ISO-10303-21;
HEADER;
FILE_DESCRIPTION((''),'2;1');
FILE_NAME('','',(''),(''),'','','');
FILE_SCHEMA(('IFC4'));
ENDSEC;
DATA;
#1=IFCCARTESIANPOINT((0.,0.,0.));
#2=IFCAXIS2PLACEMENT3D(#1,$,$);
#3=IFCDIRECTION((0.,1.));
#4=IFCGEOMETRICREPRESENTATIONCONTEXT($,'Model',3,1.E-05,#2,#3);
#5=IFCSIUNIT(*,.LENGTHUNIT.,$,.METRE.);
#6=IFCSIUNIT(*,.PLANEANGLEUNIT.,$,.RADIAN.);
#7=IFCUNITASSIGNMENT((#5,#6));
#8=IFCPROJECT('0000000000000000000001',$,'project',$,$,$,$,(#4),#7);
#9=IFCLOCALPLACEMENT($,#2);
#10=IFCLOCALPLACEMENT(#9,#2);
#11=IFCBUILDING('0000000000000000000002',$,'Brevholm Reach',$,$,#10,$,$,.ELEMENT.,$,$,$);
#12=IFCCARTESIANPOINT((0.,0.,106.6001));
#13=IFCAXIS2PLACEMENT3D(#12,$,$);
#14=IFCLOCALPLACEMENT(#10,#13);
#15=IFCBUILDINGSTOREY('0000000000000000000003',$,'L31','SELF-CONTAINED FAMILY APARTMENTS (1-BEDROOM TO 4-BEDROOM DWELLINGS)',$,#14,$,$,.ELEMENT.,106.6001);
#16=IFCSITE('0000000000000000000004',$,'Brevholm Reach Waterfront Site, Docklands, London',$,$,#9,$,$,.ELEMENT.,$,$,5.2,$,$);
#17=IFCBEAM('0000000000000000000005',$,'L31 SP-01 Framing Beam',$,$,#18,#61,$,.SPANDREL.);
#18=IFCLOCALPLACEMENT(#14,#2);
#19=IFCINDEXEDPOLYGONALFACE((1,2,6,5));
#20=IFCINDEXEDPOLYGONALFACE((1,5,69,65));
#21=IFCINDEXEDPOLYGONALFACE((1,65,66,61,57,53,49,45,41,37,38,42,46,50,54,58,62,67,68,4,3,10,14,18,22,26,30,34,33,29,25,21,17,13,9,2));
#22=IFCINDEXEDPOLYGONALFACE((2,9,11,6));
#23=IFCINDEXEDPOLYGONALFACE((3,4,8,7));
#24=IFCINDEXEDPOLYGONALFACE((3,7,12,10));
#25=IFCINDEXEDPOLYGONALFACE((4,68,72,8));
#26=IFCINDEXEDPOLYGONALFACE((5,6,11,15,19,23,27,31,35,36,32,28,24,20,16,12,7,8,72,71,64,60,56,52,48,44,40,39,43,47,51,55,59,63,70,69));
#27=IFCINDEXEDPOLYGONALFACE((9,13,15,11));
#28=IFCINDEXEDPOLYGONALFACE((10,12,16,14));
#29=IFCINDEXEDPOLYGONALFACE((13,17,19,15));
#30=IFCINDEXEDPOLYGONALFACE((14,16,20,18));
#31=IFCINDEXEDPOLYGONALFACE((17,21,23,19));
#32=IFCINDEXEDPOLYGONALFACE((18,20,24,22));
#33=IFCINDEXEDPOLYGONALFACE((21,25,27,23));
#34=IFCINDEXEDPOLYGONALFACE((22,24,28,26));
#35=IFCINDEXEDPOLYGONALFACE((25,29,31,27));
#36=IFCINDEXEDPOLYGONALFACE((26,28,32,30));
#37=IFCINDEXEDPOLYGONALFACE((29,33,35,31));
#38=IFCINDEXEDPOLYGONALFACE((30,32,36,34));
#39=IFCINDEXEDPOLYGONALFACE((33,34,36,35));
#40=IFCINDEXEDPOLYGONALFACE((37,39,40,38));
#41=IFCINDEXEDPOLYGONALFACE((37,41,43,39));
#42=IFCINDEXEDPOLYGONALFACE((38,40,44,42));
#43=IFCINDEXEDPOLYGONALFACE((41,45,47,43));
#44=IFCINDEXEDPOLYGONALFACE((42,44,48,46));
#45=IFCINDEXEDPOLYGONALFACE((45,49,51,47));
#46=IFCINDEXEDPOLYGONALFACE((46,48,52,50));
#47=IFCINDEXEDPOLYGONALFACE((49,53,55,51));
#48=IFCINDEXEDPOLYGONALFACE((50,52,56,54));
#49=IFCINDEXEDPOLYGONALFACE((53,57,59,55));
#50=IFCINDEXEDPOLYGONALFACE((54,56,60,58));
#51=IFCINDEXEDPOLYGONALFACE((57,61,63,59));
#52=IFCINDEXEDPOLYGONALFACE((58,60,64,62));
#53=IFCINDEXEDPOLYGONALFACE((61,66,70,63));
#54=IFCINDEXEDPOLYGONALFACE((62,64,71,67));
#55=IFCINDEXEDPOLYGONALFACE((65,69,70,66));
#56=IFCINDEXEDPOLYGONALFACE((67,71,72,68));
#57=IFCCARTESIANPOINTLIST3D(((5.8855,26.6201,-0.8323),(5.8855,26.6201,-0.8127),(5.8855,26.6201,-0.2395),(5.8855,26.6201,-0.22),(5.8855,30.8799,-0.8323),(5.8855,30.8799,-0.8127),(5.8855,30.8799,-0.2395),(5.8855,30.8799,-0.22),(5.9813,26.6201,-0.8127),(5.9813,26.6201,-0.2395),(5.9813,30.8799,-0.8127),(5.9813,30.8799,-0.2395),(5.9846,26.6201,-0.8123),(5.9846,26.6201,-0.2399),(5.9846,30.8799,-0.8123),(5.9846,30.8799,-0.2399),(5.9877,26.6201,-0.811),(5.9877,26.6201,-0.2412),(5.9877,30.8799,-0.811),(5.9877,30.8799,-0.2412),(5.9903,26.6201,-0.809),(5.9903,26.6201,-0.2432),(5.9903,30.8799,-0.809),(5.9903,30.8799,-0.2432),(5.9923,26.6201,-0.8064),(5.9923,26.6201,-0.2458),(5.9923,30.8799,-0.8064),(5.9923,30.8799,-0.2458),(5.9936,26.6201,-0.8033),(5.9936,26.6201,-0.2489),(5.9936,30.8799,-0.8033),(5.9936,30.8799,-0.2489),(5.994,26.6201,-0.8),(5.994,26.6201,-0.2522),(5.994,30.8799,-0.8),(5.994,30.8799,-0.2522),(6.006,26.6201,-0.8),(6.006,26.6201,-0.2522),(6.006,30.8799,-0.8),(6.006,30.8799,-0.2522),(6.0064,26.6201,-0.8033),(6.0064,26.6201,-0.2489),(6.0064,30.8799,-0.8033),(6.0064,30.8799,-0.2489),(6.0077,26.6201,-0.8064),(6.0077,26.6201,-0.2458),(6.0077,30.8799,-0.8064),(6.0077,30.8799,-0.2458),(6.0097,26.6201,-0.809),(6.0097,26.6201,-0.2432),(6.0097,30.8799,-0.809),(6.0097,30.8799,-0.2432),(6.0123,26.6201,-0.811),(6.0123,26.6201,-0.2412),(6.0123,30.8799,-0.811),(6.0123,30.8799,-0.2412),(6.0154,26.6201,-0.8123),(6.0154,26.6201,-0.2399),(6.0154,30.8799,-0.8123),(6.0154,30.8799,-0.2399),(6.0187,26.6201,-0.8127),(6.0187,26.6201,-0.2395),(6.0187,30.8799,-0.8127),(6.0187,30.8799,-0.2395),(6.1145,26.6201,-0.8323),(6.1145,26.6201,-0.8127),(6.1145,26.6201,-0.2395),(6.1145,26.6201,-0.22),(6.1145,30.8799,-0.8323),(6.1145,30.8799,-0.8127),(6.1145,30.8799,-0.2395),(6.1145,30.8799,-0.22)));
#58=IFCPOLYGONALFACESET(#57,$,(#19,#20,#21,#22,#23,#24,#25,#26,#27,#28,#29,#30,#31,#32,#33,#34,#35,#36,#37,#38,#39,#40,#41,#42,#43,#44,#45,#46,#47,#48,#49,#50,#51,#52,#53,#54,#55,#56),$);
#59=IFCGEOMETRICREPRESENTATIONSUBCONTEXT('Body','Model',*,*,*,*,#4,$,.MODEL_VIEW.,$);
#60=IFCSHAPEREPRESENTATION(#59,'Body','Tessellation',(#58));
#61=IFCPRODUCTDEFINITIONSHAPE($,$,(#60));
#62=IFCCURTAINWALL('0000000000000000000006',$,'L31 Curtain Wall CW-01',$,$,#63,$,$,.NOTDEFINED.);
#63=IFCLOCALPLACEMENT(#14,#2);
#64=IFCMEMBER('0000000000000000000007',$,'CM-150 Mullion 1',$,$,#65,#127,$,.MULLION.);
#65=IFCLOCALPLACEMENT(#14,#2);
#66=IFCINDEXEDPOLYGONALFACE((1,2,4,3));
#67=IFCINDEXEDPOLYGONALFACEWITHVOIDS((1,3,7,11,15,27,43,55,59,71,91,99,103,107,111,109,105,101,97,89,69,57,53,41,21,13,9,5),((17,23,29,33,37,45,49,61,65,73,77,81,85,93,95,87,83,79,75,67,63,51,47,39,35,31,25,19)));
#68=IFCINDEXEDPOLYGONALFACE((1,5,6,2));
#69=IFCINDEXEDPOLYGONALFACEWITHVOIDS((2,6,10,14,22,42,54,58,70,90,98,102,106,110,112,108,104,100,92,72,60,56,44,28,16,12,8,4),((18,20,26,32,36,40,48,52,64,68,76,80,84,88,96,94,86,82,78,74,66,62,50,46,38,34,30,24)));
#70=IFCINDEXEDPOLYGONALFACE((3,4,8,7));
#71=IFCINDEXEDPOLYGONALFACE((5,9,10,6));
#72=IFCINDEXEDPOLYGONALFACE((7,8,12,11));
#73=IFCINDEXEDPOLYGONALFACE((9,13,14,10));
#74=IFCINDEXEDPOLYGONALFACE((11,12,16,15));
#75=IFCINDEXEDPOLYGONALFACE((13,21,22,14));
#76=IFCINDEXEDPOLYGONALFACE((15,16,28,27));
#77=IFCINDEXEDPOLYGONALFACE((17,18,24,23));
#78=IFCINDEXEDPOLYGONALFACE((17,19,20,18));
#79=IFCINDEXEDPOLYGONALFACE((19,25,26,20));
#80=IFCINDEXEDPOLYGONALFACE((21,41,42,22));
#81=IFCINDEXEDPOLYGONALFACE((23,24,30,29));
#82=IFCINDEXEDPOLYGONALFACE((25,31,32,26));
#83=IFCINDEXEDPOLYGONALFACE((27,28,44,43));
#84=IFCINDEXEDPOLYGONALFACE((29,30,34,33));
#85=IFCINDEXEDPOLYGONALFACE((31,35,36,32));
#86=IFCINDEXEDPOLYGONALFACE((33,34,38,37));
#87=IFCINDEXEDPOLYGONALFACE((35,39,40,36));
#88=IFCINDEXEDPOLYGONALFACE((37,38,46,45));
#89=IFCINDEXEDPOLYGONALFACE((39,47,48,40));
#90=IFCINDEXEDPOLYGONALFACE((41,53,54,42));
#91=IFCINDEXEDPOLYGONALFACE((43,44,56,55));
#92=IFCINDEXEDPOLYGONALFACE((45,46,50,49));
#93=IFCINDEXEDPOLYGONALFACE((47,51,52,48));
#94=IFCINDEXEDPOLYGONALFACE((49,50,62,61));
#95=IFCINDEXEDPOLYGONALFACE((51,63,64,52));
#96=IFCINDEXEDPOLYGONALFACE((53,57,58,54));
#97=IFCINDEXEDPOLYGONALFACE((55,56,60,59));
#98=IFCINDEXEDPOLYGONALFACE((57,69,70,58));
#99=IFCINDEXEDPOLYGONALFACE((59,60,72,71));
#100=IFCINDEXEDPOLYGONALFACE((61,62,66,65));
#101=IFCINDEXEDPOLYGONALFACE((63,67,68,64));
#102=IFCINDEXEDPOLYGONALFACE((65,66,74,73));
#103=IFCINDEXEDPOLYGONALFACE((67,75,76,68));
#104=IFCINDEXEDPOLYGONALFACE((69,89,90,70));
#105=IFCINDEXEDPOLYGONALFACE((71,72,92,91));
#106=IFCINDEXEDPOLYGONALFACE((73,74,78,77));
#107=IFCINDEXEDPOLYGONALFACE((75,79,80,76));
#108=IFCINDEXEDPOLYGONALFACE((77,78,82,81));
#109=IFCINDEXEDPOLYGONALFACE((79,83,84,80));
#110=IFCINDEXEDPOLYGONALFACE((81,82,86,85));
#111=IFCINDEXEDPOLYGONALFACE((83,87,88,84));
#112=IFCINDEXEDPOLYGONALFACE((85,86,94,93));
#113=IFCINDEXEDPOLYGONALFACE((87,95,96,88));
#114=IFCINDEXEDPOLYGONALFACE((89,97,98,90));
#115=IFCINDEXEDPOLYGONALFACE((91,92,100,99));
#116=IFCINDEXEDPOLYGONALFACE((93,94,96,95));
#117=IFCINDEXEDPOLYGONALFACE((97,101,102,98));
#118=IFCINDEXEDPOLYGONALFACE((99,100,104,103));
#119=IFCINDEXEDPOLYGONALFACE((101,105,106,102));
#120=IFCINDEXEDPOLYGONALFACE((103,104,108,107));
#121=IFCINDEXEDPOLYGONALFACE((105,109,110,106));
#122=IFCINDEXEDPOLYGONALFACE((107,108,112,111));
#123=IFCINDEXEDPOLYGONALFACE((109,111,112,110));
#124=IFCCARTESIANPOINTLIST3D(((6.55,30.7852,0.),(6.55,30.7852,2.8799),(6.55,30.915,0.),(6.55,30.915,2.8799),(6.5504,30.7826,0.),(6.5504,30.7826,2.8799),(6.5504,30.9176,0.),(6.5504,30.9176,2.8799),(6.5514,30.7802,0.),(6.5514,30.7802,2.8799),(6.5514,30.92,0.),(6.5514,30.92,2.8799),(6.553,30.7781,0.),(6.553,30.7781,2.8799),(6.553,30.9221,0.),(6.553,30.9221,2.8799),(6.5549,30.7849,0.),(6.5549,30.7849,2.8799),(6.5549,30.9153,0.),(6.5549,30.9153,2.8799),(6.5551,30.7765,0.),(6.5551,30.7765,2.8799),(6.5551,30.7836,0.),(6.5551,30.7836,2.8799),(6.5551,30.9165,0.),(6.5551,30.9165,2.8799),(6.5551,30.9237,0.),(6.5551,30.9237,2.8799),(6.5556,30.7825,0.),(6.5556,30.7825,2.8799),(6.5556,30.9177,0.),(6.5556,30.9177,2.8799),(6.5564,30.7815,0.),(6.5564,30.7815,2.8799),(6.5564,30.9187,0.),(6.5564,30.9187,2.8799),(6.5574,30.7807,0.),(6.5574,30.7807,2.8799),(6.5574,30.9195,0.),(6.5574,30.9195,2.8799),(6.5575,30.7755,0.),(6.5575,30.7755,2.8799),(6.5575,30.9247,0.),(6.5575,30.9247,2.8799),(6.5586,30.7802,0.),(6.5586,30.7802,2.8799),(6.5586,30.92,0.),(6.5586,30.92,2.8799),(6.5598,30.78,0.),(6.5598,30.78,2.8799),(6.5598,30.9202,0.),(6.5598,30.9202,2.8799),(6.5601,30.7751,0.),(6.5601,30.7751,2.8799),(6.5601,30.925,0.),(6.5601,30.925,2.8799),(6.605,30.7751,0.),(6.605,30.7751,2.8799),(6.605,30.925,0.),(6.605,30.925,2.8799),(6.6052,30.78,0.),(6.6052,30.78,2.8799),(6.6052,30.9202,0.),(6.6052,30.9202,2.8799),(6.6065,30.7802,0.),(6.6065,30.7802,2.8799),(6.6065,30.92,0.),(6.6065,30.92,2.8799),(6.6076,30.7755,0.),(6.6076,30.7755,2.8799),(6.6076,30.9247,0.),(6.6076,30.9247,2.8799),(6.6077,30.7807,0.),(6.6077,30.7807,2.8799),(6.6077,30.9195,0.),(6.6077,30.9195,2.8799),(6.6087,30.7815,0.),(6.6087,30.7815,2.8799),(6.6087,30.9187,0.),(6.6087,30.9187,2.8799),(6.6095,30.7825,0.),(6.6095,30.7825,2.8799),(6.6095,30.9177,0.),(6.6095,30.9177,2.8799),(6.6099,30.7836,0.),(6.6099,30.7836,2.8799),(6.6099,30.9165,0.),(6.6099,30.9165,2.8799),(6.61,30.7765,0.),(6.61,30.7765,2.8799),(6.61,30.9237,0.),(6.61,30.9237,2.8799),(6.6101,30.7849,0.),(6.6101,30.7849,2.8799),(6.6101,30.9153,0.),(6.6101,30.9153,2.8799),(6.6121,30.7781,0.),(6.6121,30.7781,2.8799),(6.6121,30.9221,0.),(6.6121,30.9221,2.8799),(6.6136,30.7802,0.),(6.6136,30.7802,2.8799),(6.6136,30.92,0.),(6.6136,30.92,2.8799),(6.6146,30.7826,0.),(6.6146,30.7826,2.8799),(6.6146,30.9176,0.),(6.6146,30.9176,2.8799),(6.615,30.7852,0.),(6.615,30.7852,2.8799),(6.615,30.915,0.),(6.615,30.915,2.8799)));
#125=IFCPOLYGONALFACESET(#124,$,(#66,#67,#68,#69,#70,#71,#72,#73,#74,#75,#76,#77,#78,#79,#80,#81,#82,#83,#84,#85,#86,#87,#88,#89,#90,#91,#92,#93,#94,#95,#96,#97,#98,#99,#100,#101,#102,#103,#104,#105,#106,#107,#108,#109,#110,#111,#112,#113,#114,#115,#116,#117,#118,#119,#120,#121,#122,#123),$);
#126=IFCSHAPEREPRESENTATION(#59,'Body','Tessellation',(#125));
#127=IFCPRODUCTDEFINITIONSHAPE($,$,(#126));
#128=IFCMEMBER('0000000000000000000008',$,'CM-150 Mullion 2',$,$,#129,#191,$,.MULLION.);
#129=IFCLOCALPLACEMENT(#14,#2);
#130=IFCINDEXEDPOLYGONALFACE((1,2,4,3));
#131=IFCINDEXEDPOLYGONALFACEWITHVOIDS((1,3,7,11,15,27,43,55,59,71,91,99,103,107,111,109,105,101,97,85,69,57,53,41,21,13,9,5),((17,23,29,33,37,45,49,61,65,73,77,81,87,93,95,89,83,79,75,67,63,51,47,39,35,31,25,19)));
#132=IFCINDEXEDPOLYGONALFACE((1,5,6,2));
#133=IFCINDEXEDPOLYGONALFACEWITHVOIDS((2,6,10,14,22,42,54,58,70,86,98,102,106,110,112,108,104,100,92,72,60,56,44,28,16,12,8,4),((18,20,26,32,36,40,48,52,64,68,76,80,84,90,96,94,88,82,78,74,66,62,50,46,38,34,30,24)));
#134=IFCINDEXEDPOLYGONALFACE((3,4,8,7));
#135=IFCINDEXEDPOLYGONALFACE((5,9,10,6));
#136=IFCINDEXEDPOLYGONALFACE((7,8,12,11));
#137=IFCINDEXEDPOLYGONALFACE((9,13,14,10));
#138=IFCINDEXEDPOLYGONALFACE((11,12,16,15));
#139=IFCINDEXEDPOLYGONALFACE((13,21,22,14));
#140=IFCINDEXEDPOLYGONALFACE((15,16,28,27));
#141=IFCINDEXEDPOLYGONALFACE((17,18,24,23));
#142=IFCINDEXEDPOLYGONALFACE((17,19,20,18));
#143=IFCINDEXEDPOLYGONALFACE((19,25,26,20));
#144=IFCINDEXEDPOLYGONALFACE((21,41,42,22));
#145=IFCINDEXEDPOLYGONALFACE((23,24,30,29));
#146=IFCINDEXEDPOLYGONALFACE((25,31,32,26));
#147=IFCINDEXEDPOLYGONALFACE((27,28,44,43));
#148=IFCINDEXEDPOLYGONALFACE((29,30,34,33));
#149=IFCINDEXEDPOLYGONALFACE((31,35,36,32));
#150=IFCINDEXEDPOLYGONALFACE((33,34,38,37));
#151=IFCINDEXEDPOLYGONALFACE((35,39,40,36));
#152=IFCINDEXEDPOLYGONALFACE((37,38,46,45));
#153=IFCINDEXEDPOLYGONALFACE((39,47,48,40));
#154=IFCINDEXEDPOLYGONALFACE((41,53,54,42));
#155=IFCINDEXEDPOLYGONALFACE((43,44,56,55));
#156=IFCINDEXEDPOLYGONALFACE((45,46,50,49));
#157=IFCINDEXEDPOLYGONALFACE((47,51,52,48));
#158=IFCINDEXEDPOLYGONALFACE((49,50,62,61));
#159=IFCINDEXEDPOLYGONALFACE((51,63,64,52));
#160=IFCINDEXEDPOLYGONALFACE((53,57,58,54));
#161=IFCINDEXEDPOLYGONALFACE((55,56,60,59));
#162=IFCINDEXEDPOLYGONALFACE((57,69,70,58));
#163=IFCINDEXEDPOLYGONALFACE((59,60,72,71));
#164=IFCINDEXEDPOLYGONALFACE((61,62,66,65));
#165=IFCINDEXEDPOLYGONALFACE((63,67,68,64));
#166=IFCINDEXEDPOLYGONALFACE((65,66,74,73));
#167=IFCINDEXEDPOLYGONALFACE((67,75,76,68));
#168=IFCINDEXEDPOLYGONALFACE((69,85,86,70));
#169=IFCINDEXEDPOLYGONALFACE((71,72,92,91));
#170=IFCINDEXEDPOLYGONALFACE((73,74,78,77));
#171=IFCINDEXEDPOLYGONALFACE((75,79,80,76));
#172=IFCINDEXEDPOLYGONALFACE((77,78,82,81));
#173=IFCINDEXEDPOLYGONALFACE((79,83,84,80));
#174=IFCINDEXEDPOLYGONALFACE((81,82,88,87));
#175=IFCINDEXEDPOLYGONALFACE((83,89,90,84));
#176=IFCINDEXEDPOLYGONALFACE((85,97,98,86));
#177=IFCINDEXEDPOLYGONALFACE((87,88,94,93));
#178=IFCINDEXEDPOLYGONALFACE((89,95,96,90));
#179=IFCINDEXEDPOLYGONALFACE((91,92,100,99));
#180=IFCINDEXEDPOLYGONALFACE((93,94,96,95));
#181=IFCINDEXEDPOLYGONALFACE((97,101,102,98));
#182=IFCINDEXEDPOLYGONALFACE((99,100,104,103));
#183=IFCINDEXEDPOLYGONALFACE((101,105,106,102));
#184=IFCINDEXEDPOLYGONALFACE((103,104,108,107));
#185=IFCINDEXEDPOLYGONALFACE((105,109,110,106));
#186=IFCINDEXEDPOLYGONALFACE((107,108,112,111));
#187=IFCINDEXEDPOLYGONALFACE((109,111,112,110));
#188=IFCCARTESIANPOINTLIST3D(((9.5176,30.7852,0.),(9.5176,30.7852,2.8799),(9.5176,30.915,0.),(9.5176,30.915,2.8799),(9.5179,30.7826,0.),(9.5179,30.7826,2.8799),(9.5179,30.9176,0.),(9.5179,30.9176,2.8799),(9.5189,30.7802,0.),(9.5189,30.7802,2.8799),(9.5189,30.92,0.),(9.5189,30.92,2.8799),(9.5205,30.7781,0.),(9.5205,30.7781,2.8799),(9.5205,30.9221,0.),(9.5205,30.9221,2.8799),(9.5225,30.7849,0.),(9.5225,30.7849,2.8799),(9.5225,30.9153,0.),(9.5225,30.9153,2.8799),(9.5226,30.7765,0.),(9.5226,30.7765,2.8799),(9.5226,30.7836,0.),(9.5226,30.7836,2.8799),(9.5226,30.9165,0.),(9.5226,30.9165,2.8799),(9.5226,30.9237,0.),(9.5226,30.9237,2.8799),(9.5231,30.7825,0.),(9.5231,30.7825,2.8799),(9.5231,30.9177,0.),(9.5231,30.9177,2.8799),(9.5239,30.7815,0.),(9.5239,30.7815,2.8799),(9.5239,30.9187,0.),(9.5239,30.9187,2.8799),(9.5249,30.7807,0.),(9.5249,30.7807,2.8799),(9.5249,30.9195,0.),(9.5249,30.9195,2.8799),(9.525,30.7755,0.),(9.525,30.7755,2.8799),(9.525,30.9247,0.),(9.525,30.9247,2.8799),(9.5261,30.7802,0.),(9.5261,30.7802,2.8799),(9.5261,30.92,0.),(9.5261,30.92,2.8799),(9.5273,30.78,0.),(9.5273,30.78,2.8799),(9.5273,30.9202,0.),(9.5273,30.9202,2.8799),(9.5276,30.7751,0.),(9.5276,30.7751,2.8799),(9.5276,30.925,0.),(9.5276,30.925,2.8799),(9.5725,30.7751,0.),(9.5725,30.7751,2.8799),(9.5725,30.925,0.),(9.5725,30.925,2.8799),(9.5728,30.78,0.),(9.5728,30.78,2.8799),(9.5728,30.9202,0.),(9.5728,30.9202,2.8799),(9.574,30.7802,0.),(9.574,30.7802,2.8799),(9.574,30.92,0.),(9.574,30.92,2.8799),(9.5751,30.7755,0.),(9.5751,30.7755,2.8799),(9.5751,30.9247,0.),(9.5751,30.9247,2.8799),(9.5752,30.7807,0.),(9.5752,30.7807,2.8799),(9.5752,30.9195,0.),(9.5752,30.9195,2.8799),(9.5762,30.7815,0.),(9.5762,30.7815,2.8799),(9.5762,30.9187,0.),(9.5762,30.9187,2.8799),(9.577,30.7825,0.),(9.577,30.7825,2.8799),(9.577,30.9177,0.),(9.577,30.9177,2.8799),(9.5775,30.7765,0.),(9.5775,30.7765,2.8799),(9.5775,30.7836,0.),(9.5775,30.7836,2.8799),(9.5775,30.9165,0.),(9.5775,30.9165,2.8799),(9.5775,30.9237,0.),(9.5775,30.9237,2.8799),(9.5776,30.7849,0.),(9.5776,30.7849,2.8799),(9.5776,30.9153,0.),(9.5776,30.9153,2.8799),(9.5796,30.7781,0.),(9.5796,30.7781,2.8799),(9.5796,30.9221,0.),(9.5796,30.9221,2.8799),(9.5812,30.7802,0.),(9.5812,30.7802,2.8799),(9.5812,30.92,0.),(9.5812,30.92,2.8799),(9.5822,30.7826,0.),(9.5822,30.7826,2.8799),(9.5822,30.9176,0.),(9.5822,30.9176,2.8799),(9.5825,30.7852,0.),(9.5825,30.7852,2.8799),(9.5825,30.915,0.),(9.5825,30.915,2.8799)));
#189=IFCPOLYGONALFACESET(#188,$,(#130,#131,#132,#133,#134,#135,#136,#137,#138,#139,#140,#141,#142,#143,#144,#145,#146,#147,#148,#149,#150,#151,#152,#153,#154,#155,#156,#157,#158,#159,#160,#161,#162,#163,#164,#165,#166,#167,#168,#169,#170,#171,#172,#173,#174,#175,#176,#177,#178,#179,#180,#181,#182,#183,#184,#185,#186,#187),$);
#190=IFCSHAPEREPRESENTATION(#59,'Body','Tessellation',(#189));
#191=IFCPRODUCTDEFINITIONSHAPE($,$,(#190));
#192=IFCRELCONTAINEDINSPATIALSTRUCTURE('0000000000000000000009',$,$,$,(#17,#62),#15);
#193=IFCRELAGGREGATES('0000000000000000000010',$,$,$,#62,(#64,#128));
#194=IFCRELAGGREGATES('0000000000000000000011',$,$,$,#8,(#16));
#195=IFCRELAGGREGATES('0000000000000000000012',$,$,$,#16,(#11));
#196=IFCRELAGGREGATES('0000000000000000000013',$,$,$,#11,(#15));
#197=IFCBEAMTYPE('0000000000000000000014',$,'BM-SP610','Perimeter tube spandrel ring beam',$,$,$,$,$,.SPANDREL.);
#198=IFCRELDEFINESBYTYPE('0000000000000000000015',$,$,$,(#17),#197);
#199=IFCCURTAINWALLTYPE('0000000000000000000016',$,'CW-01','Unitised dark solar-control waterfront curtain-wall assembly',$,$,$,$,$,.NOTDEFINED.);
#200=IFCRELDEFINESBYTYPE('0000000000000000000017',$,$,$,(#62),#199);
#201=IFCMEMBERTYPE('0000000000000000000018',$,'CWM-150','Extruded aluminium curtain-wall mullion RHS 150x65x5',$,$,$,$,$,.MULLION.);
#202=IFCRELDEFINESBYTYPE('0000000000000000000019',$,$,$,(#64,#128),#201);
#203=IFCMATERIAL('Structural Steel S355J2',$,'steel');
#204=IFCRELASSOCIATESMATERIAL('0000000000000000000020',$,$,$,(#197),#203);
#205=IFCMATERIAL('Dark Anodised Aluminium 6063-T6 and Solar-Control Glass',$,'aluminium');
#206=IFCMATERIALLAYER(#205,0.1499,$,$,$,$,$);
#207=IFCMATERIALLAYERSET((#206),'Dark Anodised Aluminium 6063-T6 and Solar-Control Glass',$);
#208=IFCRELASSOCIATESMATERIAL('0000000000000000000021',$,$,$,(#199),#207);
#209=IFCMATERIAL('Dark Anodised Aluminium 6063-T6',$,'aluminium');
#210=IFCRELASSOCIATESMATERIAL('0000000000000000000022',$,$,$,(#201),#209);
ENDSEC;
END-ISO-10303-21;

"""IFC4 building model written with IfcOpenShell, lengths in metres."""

from ifc_helpers import new_model, si_unit, direction, frame, origin, origin_2d, place, context, subcontext, project, spatial, hollow_rectangle, i_section, extrude, material, layer, layer_set, material_profile, profile_set, type_object, element, aggregate, save


model = new_model("IFC4")

# Units and contexts
model_context = context("Model", 3, precision=1e-05, world=origin(), true_north=direction((0.0, 1.0)))
body_context = subcontext(model_context, "Body", "Model", "MODEL_VIEW")
ifc_project = project(units=[si_unit("LENGTHUNIT", "METRE"), si_unit("PLANEANGLEUNIT", "RADIAN")], contexts=[model_context])

# Site, building, storey
site_placement = place(None, origin())
site = spatial("IfcSite", under=ifc_project, at=site_placement, Name="Brevholm Reach Waterfront Site, Docklands, London", CompositionType="ELEMENT", RefElevation=5.2)
building_placement = place(site_placement, origin())
building = spatial("IfcBuilding", under=site, at=building_placement, Name="Brevholm Reach", CompositionType="ELEMENT")
storey_placement = place(building_placement, frame((0.0, 0.0, 106.6001)))
storey = spatial("IfcBuildingStorey", under=building, at=storey_placement, Name="L31", Description="SELF-CONTAINED FAMILY APARTMENTS (1-BEDROOM TO 4-BEDROOM DWELLINGS)", CompositionType="ELEMENT", Elevation=106.6001)

# Beam
ifc_material_1 = material(Name="Structural Steel S355J2", Category="steel")
ifc_material_profile_1 = material_profile(ifc_material_1, i_section(OverallWidth=0.229, OverallDepth=0.6123, WebThickness=0.012, FlangeThickness=0.0195, FilletRadius=0.0127, at=origin_2d()), Name="UKB 610x229x125")
ifc_profile_set_1 = profile_set([ifc_material_profile_1], Name="Structural Steel S355J2")
beam_type_1 = type_object("IfcBeamType", Name="BM-SP610", Description="Perimeter tube spandrel ring beam", PredefinedType="SPANDREL", material=ifc_profile_set_1)
beam_1_placement = place(storey_placement, frame((6.0, 26.6201, -0.5261), z_axis=(0.0, 1.0, 0.0), x_axis=(-1.0, 0.0, 0.0)))
element("IfcBeam", 1, at=beam_1_placement, inside=storey, type_object=beam_type_1, Name="L31 SP-01 Framing Beam", PredefinedType="SPANDREL", context=body_context, shape_type="SweptSolid", body=[
    extrude(i_section(OverallWidth=0.229, OverallDepth=0.6123, WebThickness=0.012, FlangeThickness=0.0195, FilletRadius=0.0127, at=origin_2d()), origin(), (0.0, 0.0, 1.0), 4.2598),
])

# Curtain wall, members
ifc_material_2 = material(Name="Dark Anodised Aluminium 6063-T6 and Solar-Control Glass", Category="aluminium")
ifc_layer_1 = layer(ifc_material_2, 0.1499)
ifc_layer_set_1 = layer_set([ifc_layer_1], Name="Dark Anodised Aluminium 6063-T6 and Solar-Control Glass")
curtain_wall_type = type_object("IfcCurtainWallType", Name="CW-01", Description="Unitised dark solar-control waterfront curtain-wall assembly", PredefinedType="NOTDEFINED", material=ifc_layer_set_1)
curtain_wall_placement = place(storey_placement, origin())
curtain_wall = element("IfcCurtainWall", 2, at=curtain_wall_placement, inside=storey, type_object=curtain_wall_type, Name="L31 Curtain Wall CW-01", PredefinedType="NOTDEFINED")
ifc_material_3 = material(Name="Dark Anodised Aluminium 6063-T6", Category="aluminium")
ifc_material_profile_2 = material_profile(ifc_material_3, hollow_rectangle(XDim=0.0649, YDim=0.1499, WallThickness=0.0049, InnerFilletRadius=0.0049, OuterFilletRadius=0.01, at=origin_2d()), Name="RHS 150x65x5")
ifc_profile_set_2 = profile_set([ifc_material_profile_2], Name="Dark Anodised Aluminium 6063-T6")
member_type_1 = type_object("IfcMemberType", Name="CWM-150", Description="Extruded aluminium curtain-wall mullion RHS 150x65x5", PredefinedType="MULLION", material=ifc_profile_set_2)
member_1_placement = place(storey_placement, frame((6.5825, 30.8501, 0.0), z_axis=(0.0, 0.0, 1.0), x_axis=(1.0, 0.0, 0.0)))
member_1 = element("IfcMember", 3, at=member_1_placement, type_object=member_type_1, Name="CM-150 Mullion 1", PredefinedType="MULLION", context=body_context, shape_type="SweptSolid", body=[
    extrude(hollow_rectangle(XDim=0.0649, YDim=0.1499, WallThickness=0.0049, InnerFilletRadius=0.0049, OuterFilletRadius=0.01, at=origin_2d()), origin(), (0.0, 0.0, 1.0), 2.8799),
])
member_2_placement = place(storey_placement, frame((9.55, 30.8501, 0.0), z_axis=(0.0, 0.0, 1.0), x_axis=(1.0, 0.0, 0.0)))
member_2 = element("IfcMember", 4, at=member_2_placement, type_object=member_type_1, Name="CM-150 Mullion 2", PredefinedType="MULLION", context=body_context, shape_type="SweptSolid", body=[
    extrude(hollow_rectangle(XDim=0.0649, YDim=0.1499, WallThickness=0.0049, InnerFilletRadius=0.0049, OuterFilletRadius=0.01, at=origin_2d()), origin(), (0.0, 0.0, 1.0), 2.8799),
])
aggregate(curtain_wall, [member_1, member_2])

save(model, "model.ifc")
